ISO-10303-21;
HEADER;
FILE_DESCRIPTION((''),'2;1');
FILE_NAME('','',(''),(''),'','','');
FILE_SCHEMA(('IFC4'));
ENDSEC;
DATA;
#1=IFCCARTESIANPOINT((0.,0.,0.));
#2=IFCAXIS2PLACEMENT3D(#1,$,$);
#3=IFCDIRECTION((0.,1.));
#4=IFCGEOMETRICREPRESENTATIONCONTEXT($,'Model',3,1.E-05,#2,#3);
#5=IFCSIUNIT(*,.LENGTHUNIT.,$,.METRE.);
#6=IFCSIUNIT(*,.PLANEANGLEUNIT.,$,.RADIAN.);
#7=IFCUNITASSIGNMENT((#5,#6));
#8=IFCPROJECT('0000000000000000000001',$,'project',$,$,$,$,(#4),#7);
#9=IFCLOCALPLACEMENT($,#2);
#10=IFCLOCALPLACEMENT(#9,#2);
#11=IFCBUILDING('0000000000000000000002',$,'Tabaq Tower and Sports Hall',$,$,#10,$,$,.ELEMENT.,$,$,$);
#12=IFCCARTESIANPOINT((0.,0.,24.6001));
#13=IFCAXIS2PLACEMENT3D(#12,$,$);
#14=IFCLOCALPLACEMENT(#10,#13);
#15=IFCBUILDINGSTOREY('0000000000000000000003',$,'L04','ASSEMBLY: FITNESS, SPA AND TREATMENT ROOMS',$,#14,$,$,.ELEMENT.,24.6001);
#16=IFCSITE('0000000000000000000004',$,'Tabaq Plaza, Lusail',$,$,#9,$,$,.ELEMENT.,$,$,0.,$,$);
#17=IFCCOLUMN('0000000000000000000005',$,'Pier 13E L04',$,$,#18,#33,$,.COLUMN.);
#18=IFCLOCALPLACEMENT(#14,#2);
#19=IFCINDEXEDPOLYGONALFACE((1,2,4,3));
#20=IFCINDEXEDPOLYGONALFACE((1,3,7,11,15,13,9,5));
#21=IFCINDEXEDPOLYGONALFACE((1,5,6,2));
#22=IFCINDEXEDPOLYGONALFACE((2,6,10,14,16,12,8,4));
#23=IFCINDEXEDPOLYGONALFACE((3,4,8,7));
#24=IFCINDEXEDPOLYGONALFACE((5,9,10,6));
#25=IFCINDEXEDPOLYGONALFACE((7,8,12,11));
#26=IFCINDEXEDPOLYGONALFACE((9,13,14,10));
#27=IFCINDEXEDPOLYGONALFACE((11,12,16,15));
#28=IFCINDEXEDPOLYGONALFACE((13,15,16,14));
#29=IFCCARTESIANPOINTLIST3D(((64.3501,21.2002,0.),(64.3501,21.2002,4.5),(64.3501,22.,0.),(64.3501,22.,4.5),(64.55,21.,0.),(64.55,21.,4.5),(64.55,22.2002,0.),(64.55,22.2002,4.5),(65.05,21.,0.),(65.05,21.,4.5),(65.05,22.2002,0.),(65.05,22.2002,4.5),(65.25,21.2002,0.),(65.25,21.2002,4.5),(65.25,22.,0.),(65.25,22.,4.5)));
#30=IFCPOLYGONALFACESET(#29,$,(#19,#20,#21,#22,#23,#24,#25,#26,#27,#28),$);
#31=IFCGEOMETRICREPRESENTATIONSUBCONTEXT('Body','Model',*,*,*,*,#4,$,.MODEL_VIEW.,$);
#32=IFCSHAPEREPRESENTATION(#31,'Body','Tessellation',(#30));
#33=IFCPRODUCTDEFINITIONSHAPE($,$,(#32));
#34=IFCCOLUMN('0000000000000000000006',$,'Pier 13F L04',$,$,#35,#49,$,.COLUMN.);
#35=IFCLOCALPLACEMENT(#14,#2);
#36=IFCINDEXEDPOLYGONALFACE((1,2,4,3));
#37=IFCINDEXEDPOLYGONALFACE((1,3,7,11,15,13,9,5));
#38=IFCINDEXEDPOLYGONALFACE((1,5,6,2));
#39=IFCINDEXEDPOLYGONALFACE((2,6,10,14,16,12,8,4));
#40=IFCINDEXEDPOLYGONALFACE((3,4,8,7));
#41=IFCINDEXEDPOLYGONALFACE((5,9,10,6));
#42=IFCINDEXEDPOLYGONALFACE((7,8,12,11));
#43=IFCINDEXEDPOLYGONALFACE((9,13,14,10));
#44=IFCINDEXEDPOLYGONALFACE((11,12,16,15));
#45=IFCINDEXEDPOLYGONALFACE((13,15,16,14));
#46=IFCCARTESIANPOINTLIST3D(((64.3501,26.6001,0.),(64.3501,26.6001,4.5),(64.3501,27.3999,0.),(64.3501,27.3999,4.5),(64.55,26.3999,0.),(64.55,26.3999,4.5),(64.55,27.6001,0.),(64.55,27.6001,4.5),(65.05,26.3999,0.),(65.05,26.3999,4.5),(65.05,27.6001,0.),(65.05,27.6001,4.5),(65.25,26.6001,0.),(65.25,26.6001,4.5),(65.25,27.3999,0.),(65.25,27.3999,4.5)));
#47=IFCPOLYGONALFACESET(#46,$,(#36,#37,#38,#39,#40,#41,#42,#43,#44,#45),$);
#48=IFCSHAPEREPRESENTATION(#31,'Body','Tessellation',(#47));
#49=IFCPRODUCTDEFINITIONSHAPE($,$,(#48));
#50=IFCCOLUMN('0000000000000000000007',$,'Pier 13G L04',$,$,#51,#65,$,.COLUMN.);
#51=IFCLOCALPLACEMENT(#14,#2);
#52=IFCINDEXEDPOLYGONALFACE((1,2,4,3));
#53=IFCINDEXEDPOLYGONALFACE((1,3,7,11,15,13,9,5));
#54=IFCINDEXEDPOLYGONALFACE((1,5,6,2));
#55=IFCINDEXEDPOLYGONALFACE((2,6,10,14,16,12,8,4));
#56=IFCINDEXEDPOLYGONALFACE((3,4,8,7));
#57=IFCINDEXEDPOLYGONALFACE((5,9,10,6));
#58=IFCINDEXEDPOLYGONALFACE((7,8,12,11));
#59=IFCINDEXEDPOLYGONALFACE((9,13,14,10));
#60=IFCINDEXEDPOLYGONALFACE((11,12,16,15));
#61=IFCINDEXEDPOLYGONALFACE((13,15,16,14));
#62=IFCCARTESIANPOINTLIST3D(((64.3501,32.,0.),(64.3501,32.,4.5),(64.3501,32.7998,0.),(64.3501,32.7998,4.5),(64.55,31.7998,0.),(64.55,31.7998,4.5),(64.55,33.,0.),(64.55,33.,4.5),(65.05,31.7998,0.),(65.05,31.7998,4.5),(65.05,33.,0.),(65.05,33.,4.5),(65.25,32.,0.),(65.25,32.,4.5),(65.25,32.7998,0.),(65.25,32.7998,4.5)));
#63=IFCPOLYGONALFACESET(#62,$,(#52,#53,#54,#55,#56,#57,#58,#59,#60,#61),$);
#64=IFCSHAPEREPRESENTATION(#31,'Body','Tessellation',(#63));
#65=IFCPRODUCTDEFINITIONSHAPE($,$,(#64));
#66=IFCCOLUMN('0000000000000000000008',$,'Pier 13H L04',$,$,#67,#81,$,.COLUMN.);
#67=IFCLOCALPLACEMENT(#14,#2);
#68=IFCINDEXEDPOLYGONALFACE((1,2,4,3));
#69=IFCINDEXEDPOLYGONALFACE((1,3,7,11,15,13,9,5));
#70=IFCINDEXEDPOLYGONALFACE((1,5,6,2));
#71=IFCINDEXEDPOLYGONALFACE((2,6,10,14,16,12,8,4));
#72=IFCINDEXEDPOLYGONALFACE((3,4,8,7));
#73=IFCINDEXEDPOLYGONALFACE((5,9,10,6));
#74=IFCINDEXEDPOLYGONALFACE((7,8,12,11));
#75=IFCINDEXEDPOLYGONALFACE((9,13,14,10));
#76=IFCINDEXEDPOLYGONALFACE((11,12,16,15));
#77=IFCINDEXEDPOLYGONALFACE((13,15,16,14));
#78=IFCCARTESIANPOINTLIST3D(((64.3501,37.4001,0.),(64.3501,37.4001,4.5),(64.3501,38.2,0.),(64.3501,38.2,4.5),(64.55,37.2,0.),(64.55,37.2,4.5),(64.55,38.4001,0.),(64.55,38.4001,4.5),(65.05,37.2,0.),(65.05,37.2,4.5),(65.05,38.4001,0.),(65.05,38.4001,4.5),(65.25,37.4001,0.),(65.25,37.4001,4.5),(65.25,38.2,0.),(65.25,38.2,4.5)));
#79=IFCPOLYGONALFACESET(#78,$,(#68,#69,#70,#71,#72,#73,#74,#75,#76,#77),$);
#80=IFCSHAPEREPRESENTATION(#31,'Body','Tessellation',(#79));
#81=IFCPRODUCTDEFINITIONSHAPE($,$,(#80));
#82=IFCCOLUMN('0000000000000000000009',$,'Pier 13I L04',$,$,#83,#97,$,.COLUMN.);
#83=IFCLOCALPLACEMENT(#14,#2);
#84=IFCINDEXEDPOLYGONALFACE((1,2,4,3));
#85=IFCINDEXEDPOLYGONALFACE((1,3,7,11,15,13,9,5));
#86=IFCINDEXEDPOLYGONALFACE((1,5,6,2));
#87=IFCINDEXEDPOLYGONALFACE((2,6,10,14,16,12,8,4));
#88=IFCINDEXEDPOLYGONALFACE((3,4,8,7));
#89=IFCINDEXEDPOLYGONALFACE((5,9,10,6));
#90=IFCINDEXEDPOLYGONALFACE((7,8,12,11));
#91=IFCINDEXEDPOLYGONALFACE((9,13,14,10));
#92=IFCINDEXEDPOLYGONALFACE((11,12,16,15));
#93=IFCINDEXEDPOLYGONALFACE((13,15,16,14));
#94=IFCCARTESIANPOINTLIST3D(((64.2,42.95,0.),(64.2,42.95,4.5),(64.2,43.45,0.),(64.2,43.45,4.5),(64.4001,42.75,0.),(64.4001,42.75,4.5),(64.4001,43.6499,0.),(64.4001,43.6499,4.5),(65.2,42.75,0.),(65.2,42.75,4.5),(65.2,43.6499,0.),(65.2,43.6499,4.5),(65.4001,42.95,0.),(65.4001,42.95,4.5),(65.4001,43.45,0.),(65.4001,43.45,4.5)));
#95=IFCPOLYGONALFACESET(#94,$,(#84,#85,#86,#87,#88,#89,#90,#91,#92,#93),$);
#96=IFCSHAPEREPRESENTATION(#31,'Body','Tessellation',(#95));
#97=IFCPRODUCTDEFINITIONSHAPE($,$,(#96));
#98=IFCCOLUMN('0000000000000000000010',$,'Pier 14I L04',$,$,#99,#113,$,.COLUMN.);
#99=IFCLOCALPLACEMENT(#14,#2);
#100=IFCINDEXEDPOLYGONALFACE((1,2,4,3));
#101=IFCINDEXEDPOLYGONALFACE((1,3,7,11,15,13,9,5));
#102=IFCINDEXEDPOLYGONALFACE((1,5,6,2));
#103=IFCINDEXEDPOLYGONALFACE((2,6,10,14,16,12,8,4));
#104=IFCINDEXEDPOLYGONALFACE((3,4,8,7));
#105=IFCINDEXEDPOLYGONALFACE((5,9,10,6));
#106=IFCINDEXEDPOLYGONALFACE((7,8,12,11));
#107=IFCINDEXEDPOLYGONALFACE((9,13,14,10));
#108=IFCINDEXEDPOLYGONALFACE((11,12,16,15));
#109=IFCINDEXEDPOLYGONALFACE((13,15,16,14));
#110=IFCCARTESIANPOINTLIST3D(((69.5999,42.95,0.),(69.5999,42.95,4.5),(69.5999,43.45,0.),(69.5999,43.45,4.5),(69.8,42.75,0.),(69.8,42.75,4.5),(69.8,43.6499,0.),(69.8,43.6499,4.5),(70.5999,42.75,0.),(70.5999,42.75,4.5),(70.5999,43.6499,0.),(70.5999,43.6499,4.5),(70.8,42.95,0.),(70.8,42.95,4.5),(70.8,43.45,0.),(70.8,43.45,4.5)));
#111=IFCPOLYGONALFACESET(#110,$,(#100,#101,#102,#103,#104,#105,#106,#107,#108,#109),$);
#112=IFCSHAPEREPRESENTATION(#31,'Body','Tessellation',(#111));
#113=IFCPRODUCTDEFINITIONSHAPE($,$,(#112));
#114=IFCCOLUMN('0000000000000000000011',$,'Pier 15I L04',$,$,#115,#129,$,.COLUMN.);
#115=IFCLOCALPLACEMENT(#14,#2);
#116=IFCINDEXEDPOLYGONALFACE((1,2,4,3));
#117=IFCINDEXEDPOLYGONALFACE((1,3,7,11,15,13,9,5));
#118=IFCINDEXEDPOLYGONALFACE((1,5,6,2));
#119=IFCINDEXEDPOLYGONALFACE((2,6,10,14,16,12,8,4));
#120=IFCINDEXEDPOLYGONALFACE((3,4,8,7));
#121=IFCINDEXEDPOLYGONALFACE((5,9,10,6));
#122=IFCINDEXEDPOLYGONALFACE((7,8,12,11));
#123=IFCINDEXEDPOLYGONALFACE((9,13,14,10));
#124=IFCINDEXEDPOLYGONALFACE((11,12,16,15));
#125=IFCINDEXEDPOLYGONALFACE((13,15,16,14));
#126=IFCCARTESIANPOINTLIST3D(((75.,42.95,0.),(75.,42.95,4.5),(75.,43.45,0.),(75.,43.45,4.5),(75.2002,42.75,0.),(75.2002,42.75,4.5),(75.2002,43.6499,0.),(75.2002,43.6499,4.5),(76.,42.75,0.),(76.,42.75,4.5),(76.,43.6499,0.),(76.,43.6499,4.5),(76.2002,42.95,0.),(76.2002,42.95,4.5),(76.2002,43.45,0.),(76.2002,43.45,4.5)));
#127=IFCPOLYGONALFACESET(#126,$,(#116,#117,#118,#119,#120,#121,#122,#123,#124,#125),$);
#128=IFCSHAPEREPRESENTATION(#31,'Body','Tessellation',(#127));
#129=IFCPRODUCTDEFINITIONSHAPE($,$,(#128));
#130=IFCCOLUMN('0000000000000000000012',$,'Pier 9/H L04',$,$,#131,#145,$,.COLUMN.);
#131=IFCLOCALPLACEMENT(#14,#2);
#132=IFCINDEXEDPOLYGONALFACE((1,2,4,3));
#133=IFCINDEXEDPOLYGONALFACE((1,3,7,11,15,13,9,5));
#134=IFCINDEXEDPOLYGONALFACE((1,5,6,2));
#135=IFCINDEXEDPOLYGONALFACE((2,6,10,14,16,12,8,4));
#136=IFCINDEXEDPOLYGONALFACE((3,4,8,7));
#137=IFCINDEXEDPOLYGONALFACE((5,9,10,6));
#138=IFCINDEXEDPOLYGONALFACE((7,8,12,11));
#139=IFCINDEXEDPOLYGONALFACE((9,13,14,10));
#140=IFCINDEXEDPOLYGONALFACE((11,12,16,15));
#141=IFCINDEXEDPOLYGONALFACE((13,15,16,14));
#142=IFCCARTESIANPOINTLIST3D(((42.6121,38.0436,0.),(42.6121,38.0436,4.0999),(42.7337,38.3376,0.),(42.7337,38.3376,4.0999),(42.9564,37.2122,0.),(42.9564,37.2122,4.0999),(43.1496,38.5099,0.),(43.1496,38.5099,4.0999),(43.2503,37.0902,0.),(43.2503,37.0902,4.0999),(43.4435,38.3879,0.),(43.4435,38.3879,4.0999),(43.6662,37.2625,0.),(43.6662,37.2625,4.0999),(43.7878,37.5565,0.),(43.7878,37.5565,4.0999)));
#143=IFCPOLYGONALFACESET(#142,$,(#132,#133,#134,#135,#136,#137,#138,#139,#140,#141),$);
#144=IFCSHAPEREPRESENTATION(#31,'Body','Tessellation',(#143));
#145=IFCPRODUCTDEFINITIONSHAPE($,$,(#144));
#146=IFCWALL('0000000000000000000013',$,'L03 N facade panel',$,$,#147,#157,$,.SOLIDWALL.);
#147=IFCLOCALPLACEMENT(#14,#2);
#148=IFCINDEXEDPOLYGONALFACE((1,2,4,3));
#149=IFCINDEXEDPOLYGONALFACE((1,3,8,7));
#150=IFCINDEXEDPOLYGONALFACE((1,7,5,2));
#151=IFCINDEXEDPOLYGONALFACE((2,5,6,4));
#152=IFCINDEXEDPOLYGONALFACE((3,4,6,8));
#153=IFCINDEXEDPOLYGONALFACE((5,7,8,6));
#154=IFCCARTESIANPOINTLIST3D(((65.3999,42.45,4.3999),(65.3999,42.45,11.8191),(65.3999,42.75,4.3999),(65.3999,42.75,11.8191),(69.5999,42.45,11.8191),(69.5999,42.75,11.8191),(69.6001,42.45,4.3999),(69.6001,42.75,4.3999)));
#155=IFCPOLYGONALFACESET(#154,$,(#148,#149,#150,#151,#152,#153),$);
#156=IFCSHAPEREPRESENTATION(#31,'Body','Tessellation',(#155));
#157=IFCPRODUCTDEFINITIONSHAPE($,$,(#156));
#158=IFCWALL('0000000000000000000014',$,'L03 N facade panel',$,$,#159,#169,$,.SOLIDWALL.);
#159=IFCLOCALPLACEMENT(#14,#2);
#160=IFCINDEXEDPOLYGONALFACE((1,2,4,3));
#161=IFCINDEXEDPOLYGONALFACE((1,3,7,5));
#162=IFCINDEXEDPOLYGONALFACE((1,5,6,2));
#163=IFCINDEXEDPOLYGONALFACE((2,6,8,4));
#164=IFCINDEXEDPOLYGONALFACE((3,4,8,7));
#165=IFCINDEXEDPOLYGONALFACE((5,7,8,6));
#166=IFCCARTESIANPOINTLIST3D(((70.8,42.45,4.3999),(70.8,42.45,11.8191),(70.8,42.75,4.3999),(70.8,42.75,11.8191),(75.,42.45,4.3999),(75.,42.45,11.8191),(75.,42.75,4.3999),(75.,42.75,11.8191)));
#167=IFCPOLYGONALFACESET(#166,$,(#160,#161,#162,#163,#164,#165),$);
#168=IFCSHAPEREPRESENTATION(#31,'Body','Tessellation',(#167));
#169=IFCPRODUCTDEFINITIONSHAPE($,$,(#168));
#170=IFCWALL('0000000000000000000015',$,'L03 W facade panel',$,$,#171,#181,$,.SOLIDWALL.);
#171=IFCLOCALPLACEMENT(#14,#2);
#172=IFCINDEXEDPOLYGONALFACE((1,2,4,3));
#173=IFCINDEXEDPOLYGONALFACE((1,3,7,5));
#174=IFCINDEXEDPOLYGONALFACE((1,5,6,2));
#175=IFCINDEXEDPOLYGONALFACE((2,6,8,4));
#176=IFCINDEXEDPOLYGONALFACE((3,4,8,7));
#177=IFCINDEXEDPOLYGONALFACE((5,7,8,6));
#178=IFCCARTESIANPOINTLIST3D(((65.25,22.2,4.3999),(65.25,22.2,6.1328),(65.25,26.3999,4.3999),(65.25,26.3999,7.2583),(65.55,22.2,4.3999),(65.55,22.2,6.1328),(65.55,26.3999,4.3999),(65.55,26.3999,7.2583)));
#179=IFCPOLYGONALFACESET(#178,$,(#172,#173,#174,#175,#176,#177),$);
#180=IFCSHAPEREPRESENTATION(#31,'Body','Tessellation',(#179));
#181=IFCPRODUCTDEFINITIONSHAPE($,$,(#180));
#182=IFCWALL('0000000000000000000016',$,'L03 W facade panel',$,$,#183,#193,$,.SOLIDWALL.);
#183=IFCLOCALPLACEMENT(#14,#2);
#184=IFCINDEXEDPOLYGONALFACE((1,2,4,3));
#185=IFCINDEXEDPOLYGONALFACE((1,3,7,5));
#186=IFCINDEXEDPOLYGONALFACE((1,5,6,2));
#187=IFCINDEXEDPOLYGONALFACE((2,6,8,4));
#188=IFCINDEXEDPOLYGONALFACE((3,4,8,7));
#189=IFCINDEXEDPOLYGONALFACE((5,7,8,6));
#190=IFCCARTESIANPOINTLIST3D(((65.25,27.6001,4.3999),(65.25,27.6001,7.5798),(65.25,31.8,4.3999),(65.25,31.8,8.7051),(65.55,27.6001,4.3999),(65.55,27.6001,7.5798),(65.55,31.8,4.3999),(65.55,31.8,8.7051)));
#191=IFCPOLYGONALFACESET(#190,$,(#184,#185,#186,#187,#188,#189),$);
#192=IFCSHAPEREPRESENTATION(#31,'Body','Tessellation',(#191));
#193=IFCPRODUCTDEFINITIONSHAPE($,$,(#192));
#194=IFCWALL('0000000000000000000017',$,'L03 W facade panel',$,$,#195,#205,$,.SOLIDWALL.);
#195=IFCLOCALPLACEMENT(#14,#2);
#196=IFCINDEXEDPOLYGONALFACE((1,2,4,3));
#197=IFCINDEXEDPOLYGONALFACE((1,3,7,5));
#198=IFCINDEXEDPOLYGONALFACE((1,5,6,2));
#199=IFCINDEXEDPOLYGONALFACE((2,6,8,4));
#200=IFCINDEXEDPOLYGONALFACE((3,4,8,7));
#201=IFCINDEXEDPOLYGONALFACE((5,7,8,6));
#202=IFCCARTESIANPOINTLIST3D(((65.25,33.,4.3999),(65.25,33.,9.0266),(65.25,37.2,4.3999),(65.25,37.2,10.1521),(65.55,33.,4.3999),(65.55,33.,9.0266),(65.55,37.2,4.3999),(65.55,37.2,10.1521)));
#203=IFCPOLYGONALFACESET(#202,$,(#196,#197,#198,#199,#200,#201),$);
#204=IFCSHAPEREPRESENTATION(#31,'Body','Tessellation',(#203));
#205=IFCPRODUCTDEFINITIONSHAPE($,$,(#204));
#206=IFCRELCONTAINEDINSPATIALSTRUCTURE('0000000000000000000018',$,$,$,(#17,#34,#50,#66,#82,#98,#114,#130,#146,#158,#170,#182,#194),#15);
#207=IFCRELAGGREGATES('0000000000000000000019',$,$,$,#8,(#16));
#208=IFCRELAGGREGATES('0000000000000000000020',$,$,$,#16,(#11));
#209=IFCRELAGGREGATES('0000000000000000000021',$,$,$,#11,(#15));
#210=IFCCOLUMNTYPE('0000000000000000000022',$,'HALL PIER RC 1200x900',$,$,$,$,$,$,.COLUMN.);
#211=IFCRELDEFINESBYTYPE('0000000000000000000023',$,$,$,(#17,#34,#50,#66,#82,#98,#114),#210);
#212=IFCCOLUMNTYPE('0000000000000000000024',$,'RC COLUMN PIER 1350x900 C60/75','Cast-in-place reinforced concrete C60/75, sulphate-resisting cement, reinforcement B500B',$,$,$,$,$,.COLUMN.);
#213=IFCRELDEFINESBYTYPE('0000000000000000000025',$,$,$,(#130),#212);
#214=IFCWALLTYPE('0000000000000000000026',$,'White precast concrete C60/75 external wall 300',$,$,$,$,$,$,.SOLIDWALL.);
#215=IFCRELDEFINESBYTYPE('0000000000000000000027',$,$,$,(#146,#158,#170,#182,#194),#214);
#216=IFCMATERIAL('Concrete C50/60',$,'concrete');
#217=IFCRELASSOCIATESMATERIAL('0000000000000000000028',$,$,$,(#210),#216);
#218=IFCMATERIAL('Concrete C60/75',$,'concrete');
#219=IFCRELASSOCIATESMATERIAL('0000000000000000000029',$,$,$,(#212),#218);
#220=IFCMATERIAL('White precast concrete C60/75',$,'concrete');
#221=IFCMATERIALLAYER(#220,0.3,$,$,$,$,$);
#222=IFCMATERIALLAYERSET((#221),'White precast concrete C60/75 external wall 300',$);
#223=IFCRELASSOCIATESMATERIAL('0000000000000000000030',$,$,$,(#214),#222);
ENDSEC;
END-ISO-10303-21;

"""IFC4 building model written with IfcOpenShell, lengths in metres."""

from ifc_helpers import new_model, si_unit, direction, frame, origin, place, context, subcontext, project, spatial, polyline, outline, extrude, material, layer, layer_set, material_profile, profile_set, type_object, element, save


model = new_model("IFC4")

# Units and contexts
model_context = context("Model", 3, precision=1e-05, world=origin(), true_north=direction((0.0, 1.0)))
body_context = subcontext(model_context, "Body", "Model", "MODEL_VIEW")
ifc_project = project(units=[si_unit("LENGTHUNIT", "METRE"), si_unit("PLANEANGLEUNIT", "RADIAN")], contexts=[model_context])

# Site, building, storey
site_placement = place(None, origin())
site = spatial("IfcSite", under=ifc_project, at=site_placement, Name="Tabaq Plaza, Lusail", CompositionType="ELEMENT", RefElevation=0.0)
building_placement = place(site_placement, origin())
building = spatial("IfcBuilding", under=site, at=building_placement, Name="Tabaq Tower and Sports Hall", CompositionType="ELEMENT")
storey_placement = place(building_placement, frame((0.0, 0.0, 24.6001)))
storey = spatial("IfcBuildingStorey", under=building, at=storey_placement, Name="L04", Description="ASSEMBLY: FITNESS, SPA AND TREATMENT ROOMS", CompositionType="ELEMENT", Elevation=24.6001)

# Columns
ifc_material_1 = material(Name="Concrete C50/60", Category="concrete")
ifc_material_profile_1 = material_profile(ifc_material_1, outline(polyline([(-0.3999, -0.45), (0.3999, -0.45), (0.6001, -0.25), (0.6001, 0.25), (0.3999, 0.45), (-0.3999, 0.45), (-0.6001, 0.25), (-0.6001, -0.25), (-0.3999, -0.45)])), Name="PIER 1200x900")
ifc_profile_set_1 = profile_set([ifc_material_profile_1], Name="Concrete C50/60")
column_type_1 = type_object("IfcColumnType", Name="HALL PIER RC 1200x900", PredefinedType="COLUMN", material=ifc_profile_set_1)
for number, where, z_axis, x_axis, name in (
    (1, (64.8, 21.6001, 0.0), (0.0, 0.0, 1.0), (0.0, 1.0, 0.0), "Pier 13E L04"),
    (2, (64.8, 27.0, 0.0), (0.0, 0.0, 1.0), (0.0, 1.0, 0.0), "Pier 13F L04"),
    (3, (64.8, 32.3999, 0.0), (0.0, 0.0, 1.0), (0.0, 1.0, 0.0), "Pier 13G L04"),
    (4, (64.8, 37.8, 0.0), (0.0, 0.0, 1.0), (0.0, 1.0, 0.0), "Pier 13H L04"),
    (5, (64.8, 43.2, 0.0), (0.0, 0.0, 1.0), (1.0, 0.0, 0.0), "Pier 13I L04"),
    (6, (70.2, 43.2, 0.0), (0.0, 0.0, 1.0), (1.0, 0.0, 0.0), "Pier 14I L04"),
    (7, (75.6001, 43.2, 0.0), (0.0, 0.0, 1.0), (1.0, 0.0, 0.0), "Pier 15I L04"),
):
    element("IfcColumn", number, at=place(storey_placement, frame(where, z_axis=z_axis, x_axis=x_axis)), inside=storey, type_object=column_type_1, Name=name, PredefinedType="COLUMN", context=body_context, shape_type="SweptSolid", body=[
        extrude(outline(polyline([(-0.3999, -0.45), (0.3999, -0.45), (0.6001, -0.25), (0.6001, 0.25), (0.3999, 0.45), (-0.3999, 0.45), (-0.6001, 0.25), (-0.6001, -0.25), (-0.3999, -0.45)])), origin(), (0.0, 0.0, 1.0), 4.5),
    ])
ifc_material_2 = material(Name="Concrete C60/75", Category="concrete")
ifc_material_profile_2 = material_profile(ifc_material_2, outline(polyline([(-0.45, -0.45), (0.45, -0.45), (0.675, -0.2251), (0.675, 0.2251), (0.45, 0.45), (-0.45, 0.45), (-0.675, 0.2251), (-0.675, -0.2251), (-0.45, -0.45)])), Name="PIER 1350x900")
ifc_profile_set_2 = profile_set([ifc_material_profile_2], Name="Concrete C60/75")
column_type_2 = type_object("IfcColumnType", Name="RC COLUMN PIER 1350x900 C60/75", Description="Cast-in-place reinforced concrete C60/75, sulphate-resisting cement, reinforcement B500B", PredefinedType="COLUMN", material=ifc_profile_set_2)
column_placement = place(storey_placement, frame((43.2, 37.8, 0.0), z_axis=(0.0, 0.0, 1.0), x_axis=(-0.382683, 0.92388, 0.0)))
element("IfcColumn", 8, at=column_placement, inside=storey, type_object=column_type_2, Name="Pier 9/H L04", PredefinedType="COLUMN", context=body_context, shape_type="SweptSolid", body=[
    extrude(outline(polyline([(-0.45, -0.45), (0.45, -0.45), (0.675, -0.2251), (0.675, 0.2251), (0.45, 0.45), (-0.45, 0.45), (-0.675, 0.2251), (-0.675, -0.2251), (-0.45, -0.45)])), origin(), (0.0, 0.0, 1.0), 4.0999),
])

# Walls
ifc_material_3 = material(Name="White precast concrete C60/75", Category="concrete")
ifc_layer_1 = layer(ifc_material_3, 0.3)
ifc_layer_set_1 = layer_set([ifc_layer_1], Name="White precast concrete C60/75 external wall 300")
wall_type = type_object("IfcWallType", Name="White precast concrete C60/75 external wall 300", PredefinedType="SOLIDWALL", material=ifc_layer_set_1)
wall_1_placement = place(storey_placement, frame((65.3999, 42.6001, 4.3999), z_axis=(0.0, 0.0, 1.0), x_axis=(1.0, 0.0, 0.0)))
element("IfcWall", 9, at=wall_1_placement, inside=storey, type_object=wall_type, Name="L03 N facade panel", PredefinedType="SOLIDWALL", context=body_context, shape_type="SweptSolid", body=[
    extrude(outline(polyline([(0.0, 0.0), (4.2002, 0.0), (4.2, 7.4192), (0.0, 7.4192), (0.0, 0.0)])), frame((0.0, 0.1499, 0.0), z_axis=(0.0, -1.0, 0.0), x_axis=(1.0, 0.0, 0.0)), (0.0, 0.0, 1.0), 0.3),
])
wall_2_placement = place(storey_placement, frame((70.8, 42.6001, 4.3999), z_axis=(0.0, 0.0, 1.0), x_axis=(1.0, 0.0, 0.0)))
element("IfcWall", 10, at=wall_2_placement, inside=storey, type_object=wall_type, Name="L03 N facade panel", PredefinedType="SOLIDWALL", context=body_context, shape_type="SweptSolid", body=[
    extrude(outline(polyline([(0.0, 0.0), (4.2, 0.0), (4.2, 7.4192), (0.0, 7.4192), (0.0, 0.0)])), frame((0.0, 0.1499, 0.0), z_axis=(0.0, -1.0, 0.0), x_axis=(1.0, 0.0, 0.0)), (0.0, 0.0, 1.0), 0.3),
])
wall_3_placement = place(storey_placement, frame((65.3999, 22.2, 4.3999), z_axis=(0.0, 0.0, 1.0), x_axis=(0.0, 1.0, 0.0)))
element("IfcWall", 11, at=wall_3_placement, inside=storey, type_object=wall_type, Name="L03 W facade panel", PredefinedType="SOLIDWALL", context=body_context, shape_type="SweptSolid", body=[
    extrude(outline(polyline([(0.0, 0.0), (4.2, 0.0), (4.2, 2.8584), (0.0, 1.7329), (0.0, 0.0)])), frame((0.0, 0.1499, 0.0), z_axis=(0.0, -1.0, 0.0), x_axis=(1.0, 0.0, 0.0)), (0.0, 0.0, 1.0), 0.3),
])
wall_4_placement = place(storey_placement, frame((65.3999, 27.6001, 4.3999), z_axis=(0.0, 0.0, 1.0), x_axis=(0.0, 1.0, 0.0)))
element("IfcWall", 12, at=wall_4_placement, inside=storey, type_object=wall_type, Name="L03 W facade panel", PredefinedType="SOLIDWALL", context=body_context, shape_type="SweptSolid", body=[
    extrude(outline(polyline([(0.0, 0.0), (4.2, 0.0), (4.2, 4.3052), (0.0, 3.1799), (0.0, 0.0)])), frame((0.0, 0.1499, 0.0), z_axis=(0.0, -1.0, 0.0), x_axis=(1.0, 0.0, 0.0)), (0.0, 0.0, 1.0), 0.3),
])
wall_5_placement = place(storey_placement, frame((65.3999, 33.0, 4.3999), z_axis=(0.0, 0.0, 1.0), x_axis=(0.0, 1.0, 0.0)))
element("IfcWall", 13, at=wall_5_placement, inside=storey, type_object=wall_type, Name="L03 W facade panel", PredefinedType="SOLIDWALL", context=body_context, shape_type="SweptSolid", body=[
    extrude(outline(polyline([(0.0, 0.0), (4.2, 0.0), (4.2, 5.7522), (0.0, 4.6267), (0.0, 0.0)])), frame((0.0, 0.1499, 0.0), z_axis=(0.0, -1.0, 0.0), x_axis=(1.0, 0.0, 0.0)), (0.0, 0.0, 1.0), 0.3),
])

save(model, "model.ifc")
